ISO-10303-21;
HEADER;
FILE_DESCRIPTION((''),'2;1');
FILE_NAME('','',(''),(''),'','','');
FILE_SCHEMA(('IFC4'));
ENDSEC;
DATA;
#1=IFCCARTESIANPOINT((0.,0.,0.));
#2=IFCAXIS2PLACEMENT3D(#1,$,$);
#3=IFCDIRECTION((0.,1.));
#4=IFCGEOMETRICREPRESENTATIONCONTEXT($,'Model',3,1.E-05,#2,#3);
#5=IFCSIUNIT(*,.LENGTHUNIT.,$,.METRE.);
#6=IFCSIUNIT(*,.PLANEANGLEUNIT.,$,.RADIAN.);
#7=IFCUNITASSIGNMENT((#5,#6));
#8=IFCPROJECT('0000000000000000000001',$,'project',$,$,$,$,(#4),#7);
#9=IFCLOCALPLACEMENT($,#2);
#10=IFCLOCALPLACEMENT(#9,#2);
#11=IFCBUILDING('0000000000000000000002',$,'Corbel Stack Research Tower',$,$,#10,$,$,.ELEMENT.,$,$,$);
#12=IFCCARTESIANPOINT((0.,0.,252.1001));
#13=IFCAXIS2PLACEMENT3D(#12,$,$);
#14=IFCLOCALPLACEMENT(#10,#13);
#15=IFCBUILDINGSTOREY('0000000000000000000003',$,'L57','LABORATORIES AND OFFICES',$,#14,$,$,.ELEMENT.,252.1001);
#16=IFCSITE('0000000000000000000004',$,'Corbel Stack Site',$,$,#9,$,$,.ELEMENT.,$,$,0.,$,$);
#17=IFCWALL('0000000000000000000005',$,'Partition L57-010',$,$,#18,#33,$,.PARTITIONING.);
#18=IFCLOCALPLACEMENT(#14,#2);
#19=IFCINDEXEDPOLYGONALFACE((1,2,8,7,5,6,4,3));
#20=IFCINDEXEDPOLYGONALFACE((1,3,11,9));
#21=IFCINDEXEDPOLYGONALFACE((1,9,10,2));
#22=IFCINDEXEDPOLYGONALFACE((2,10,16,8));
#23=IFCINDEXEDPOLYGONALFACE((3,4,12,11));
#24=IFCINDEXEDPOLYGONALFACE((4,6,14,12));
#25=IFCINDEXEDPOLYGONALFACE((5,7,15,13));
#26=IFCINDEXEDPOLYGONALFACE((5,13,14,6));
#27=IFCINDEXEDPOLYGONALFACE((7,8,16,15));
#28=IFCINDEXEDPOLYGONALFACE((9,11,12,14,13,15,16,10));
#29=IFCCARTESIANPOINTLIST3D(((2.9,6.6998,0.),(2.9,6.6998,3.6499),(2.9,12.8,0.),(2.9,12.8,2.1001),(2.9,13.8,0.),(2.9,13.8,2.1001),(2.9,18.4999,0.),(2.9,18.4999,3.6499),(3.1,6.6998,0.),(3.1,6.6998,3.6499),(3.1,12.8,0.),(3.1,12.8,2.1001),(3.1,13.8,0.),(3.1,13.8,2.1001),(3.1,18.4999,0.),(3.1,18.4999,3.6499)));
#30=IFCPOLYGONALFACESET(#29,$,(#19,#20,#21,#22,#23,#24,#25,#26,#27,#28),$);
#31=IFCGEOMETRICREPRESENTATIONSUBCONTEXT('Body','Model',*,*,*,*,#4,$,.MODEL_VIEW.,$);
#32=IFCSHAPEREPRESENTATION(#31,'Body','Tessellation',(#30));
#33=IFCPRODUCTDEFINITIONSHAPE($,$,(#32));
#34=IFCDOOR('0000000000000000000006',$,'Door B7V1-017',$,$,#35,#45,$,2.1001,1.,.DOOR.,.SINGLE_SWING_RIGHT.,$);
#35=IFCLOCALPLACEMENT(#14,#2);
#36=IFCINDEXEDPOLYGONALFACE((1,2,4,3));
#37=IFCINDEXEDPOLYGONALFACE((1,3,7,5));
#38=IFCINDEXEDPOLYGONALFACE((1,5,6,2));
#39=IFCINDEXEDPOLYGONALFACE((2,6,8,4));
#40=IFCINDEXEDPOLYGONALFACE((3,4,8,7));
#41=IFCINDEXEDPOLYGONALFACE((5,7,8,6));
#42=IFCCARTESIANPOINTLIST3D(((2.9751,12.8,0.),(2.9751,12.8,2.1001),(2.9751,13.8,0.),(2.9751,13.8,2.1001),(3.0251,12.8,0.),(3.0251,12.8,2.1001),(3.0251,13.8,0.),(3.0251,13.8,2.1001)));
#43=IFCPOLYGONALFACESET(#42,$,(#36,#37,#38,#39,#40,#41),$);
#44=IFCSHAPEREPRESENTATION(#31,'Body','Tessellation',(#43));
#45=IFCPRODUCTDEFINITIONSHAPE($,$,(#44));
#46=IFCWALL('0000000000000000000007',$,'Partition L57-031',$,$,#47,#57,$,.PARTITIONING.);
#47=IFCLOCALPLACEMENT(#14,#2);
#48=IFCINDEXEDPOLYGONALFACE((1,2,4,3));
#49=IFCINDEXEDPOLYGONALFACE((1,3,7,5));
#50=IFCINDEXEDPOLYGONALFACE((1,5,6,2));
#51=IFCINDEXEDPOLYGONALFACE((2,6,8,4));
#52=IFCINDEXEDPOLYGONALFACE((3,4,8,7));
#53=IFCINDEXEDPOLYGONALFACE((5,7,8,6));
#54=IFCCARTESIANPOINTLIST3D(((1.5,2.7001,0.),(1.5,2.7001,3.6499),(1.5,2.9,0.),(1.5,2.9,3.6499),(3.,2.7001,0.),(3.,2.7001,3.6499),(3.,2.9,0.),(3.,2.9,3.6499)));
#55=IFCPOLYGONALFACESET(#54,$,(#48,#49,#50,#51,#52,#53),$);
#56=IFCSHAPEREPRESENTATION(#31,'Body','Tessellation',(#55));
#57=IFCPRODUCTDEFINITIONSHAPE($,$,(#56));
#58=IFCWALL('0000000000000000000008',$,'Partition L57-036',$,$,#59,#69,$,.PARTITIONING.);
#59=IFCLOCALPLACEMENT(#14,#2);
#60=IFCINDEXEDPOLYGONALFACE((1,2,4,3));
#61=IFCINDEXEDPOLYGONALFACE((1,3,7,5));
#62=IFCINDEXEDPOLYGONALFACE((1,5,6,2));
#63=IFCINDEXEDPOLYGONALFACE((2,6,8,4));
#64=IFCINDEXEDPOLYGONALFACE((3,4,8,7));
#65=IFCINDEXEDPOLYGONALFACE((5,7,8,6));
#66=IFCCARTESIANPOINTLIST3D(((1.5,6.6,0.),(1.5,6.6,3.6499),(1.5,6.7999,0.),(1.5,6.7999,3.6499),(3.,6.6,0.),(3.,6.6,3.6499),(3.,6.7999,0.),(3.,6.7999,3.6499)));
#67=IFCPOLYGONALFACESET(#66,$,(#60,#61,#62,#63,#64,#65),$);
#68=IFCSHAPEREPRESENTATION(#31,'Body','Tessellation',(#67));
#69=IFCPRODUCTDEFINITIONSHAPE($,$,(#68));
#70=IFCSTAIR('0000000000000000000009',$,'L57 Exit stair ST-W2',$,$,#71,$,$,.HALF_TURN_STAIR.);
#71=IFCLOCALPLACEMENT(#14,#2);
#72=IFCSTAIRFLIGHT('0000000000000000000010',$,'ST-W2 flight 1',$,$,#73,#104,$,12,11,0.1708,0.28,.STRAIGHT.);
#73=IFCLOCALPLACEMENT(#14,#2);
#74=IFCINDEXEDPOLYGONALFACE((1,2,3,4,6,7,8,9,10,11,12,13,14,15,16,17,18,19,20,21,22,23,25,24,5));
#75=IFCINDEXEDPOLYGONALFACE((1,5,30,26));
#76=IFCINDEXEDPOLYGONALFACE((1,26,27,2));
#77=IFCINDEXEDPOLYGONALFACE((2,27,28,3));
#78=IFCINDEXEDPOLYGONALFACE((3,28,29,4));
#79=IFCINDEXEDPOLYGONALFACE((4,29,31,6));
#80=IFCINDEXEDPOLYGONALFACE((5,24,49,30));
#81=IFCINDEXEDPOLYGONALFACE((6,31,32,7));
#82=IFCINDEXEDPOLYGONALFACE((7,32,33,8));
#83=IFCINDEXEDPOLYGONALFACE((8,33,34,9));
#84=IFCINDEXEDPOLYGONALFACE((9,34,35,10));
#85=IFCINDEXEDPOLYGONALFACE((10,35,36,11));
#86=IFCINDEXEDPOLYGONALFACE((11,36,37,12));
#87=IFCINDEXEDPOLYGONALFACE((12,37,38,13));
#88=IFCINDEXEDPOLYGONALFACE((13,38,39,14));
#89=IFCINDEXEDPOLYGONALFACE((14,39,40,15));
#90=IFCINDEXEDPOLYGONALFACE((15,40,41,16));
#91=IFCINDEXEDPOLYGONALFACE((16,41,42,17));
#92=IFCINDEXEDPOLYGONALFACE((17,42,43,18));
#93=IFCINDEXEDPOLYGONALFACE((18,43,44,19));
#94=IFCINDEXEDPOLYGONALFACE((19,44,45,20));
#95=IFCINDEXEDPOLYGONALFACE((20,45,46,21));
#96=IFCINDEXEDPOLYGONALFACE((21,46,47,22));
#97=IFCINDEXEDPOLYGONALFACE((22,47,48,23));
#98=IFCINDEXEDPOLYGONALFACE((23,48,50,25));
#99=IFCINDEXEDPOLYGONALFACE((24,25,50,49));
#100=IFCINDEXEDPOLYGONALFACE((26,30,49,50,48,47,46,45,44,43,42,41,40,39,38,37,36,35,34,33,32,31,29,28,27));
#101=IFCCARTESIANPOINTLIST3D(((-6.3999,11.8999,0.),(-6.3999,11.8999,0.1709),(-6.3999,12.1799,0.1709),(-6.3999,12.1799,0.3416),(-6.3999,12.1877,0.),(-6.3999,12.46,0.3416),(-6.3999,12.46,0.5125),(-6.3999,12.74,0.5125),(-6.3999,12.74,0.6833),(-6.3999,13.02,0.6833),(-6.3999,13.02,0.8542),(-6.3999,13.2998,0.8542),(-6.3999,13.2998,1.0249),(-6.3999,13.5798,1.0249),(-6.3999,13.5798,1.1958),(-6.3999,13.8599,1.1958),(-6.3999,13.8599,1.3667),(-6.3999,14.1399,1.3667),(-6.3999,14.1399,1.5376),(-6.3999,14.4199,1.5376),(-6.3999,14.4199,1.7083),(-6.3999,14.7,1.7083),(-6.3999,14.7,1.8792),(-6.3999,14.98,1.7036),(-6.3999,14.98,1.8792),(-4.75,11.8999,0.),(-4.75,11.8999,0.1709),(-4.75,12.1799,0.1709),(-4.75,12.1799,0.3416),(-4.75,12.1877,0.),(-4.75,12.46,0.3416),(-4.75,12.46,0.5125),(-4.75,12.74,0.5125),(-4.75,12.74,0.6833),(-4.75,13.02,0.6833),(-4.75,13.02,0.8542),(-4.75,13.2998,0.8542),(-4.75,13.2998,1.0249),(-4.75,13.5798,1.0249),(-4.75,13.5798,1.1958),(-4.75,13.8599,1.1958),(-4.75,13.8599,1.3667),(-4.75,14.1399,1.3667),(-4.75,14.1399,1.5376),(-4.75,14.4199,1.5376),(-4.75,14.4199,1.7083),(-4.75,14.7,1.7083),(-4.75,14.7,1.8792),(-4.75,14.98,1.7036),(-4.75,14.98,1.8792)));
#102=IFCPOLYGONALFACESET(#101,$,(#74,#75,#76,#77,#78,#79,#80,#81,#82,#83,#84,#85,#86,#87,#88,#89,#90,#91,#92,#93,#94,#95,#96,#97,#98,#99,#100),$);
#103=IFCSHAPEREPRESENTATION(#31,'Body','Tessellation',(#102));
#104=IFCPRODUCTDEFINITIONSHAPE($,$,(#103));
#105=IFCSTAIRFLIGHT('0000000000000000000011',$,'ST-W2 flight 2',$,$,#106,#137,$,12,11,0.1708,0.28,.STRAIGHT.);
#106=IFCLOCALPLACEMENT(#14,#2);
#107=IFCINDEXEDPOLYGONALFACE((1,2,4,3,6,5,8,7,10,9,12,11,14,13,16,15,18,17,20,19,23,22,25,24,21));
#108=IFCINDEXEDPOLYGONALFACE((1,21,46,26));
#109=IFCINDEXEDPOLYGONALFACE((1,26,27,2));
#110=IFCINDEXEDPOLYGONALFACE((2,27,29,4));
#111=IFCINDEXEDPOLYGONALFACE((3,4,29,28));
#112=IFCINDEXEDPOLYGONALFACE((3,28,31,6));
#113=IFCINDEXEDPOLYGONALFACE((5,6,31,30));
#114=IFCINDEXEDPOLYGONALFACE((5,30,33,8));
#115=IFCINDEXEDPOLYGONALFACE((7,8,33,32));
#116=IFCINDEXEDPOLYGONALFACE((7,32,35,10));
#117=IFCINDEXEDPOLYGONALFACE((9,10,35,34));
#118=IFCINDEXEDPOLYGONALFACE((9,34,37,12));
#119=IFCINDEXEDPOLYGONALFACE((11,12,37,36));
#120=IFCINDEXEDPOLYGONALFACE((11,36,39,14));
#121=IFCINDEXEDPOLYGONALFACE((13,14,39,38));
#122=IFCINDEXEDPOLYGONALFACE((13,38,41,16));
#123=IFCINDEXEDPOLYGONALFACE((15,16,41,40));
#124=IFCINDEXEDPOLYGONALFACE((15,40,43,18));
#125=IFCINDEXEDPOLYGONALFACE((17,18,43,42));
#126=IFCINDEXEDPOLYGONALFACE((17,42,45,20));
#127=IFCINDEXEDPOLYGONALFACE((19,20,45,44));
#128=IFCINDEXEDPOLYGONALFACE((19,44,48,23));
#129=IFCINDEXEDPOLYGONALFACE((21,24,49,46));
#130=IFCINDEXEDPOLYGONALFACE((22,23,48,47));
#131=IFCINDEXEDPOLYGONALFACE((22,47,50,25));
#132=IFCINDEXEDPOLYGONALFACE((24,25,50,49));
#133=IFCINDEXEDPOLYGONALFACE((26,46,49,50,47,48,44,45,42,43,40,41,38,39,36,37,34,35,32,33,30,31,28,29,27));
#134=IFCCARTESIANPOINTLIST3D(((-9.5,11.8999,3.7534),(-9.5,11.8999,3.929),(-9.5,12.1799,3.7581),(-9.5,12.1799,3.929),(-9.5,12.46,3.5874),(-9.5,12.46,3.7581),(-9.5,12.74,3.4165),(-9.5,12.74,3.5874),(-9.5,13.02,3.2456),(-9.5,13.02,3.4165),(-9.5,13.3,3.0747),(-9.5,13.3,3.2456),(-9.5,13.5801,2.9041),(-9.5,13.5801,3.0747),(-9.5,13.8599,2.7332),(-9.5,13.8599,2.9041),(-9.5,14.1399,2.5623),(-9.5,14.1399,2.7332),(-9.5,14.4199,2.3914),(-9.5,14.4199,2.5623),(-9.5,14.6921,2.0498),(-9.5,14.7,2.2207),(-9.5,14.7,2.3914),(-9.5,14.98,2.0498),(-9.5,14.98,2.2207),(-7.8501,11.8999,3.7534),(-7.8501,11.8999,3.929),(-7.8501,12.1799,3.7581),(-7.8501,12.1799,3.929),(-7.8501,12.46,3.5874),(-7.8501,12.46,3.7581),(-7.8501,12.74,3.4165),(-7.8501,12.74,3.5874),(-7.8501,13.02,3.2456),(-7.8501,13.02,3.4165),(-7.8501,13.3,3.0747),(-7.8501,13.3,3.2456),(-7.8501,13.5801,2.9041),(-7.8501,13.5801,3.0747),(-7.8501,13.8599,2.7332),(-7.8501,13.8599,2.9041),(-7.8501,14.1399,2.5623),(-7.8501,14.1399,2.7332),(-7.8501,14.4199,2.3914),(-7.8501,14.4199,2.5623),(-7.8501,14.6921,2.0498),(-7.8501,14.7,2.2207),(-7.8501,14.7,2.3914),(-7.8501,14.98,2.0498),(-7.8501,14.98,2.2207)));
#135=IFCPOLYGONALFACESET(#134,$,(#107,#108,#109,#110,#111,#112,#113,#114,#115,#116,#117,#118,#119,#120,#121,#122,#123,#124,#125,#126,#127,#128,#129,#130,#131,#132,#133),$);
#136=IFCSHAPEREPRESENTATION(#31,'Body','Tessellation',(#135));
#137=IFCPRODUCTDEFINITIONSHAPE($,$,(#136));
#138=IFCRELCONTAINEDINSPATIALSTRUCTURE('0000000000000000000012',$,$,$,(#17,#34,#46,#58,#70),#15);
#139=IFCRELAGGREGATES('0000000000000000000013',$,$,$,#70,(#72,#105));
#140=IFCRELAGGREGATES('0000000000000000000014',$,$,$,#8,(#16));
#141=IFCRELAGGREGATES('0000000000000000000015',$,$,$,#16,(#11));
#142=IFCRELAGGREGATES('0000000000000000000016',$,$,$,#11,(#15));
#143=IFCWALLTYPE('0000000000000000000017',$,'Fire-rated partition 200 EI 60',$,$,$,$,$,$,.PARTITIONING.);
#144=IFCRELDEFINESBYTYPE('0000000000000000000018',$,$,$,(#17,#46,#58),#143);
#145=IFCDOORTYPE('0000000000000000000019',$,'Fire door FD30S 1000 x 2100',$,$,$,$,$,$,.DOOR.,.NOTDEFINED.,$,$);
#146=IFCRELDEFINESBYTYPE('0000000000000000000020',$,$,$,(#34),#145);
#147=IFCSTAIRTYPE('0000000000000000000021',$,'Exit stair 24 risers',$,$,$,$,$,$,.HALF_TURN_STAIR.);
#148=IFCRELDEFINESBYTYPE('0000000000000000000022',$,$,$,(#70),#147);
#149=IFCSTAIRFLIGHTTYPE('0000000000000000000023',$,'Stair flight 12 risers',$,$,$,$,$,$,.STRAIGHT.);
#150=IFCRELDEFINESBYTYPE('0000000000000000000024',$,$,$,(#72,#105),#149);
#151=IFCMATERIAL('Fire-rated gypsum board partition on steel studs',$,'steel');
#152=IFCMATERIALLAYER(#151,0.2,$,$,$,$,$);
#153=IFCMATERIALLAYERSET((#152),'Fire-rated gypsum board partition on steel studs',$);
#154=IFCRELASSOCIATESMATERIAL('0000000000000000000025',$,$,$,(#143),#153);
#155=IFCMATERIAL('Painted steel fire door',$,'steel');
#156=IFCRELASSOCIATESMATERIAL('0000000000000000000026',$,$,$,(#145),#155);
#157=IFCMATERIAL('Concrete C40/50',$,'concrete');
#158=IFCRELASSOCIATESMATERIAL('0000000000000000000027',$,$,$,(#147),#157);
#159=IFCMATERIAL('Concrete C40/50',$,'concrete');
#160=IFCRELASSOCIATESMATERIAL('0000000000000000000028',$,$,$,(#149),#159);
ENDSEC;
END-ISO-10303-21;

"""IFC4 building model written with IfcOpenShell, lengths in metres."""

from ifc_helpers import new_model, si_unit, direction, frame, frame_2d, origin, place, context, subcontext, project, spatial, polyline, rectangle, outline, extrude, material, layer, layer_set, type_object, element, fill, aggregate, save


model = new_model("IFC4")

# Units and contexts
model_context = context("Model", 3, precision=1e-05, world=origin(), true_north=direction((0.0, 1.0)))
body_context = subcontext(model_context, "Body", "Model", "MODEL_VIEW")
ifc_project = project(units=[si_unit("LENGTHUNIT", "METRE"), si_unit("PLANEANGLEUNIT", "RADIAN")], contexts=[model_context])

# Site, building, storey
site_placement = place(None, origin())
site = spatial("IfcSite", under=ifc_project, at=site_placement, Name="Corbel Stack Site", CompositionType="ELEMENT", RefElevation=0.0)
building_placement = place(site_placement, origin())
building = spatial("IfcBuilding", under=site, at=building_placement, Name="Corbel Stack Research Tower", CompositionType="ELEMENT")
storey_placement = place(building_placement, frame((0.0, 0.0, 252.1001)))
storey = spatial("IfcBuildingStorey", under=building, at=storey_placement, Name="L57", Description="LABORATORIES AND OFFICES", CompositionType="ELEMENT", Elevation=252.1001)

# Wall, opening, door
ifc_material_1 = material(Name="Fire-rated gypsum board partition on steel studs", Category="steel")
ifc_layer_1 = layer(ifc_material_1, 0.2)
ifc_layer_set_1 = layer_set([ifc_layer_1], Name="Fire-rated gypsum board partition on steel studs")
wall_type_1 = type_object("IfcWallType", Name="Fire-rated partition 200 EI 60", PredefinedType="PARTITIONING", material=ifc_layer_set_1)
wall_1_placement = place(storey_placement, frame((3.0, 6.7, 0.0), z_axis=(0.0, 0.0, 1.0), x_axis=(0.0, 1.0, 0.0)))
wall_1 = element("IfcWall", 1, at=wall_1_placement, inside=storey, type_object=wall_type_1, Name="Partition L57-010", PredefinedType="PARTITIONING", context=body_context, shape_type="SweptSolid", body=[
    extrude(rectangle(XDim=11.8, YDim=0.2, at=frame_2d((5.8999, 0.0))), origin(), (0.0, 0.0, 1.0), 3.6499),
])
opening_1_placement = place(wall_1_placement, frame((6.1001, 0.0, 0.0)))
opening_1 = element("IfcOpeningElement", 2, at=opening_1_placement, cuts=wall_1, PredefinedType="OPENING", context=body_context, shape_type="SweptSolid", body=[
    extrude(rectangle(XDim=1.0, YDim=2.1001, at=frame_2d((0.5, 1.05))), frame((0.0, 0.1099, 0.0), z_axis=(0.0, -1.0, 0.0), x_axis=(1.0, 0.0, 0.0)), (0.0, 0.0, 1.0), 0.22),
])
ifc_material_2 = material(Name="Painted steel fire door", Category="steel")
door_type_1 = type_object("IfcDoorType", Name="Fire door FD30S 1000 x 2100", OperationType="NOTDEFINED", PredefinedType="DOOR", material=ifc_material_2)
door_1_placement = place(opening_1_placement, origin())
door_1 = element("IfcDoor", 3, at=door_1_placement, inside=storey, type_object=door_type_1, Name="Door B7V1-017", OperationType="SINGLE_SWING_RIGHT", OverallHeight=2.1001, OverallWidth=1.0, PredefinedType="DOOR", context=body_context, shape_type="SweptSolid", body=[
    extrude(rectangle(XDim=1.0, YDim=2.1001, at=frame_2d((0.5, 1.05))), frame((0.0, 0.0249, 0.0), z_axis=(0.0, -1.0, 0.0), x_axis=(1.0, 0.0, 0.0)), (0.0, 0.0, 1.0), 0.05),
])
fill(opening_1, door_1)

# Walls
for number, where, z_axis, x_axis, name in (
    (4, (1.5, 2.8, 0.0), (0.0, 0.0, 1.0), (1.0, 0.0, 0.0), "Partition L57-031"),
    (5, (1.5, 6.7, 0.0), (0.0, 0.0, 1.0), (1.0, 0.0, 0.0), "Partition L57-036"),
):
    element("IfcWall", number, at=place(storey_placement, frame(where, z_axis=z_axis, x_axis=x_axis)), inside=storey, type_object=wall_type_1, Name=name, PredefinedType="PARTITIONING", context=body_context, shape_type="SweptSolid", body=[
        extrude(rectangle(XDim=1.5, YDim=0.2, at=frame_2d((0.75, 0.0))), origin(), (0.0, 0.0, 1.0), 3.6499),
    ])

# Stair, stair flights
ifc_material_3 = material(Name="Concrete C40/50", Category="concrete")
stair_type = type_object("IfcStairType", Name="Exit stair 24 risers", PredefinedType="HALF_TURN_STAIR", material=ifc_material_3)
stair_placement = place(storey_placement, origin())
stair = element("IfcStair", 6, at=stair_placement, inside=storey, type_object=stair_type, Name="L57 Exit stair ST-W2", PredefinedType="HALF_TURN_STAIR")
ifc_material_4 = material(Name="Concrete C40/50", Category="concrete")
stair_flight_type = type_object("IfcStairFlightType", Name="Stair flight 12 risers", PredefinedType="STRAIGHT", material=ifc_material_4)
stair_flight_1_placement = place(storey_placement, frame((-5.575, 11.8999, 0.0), z_axis=(0.0, 0.0, 1.0), x_axis=(0.0, 1.0, 0.0)))
stair_flight_1 = element("IfcStairFlight", 7, at=stair_flight_1_placement, type_object=stair_flight_type, Name="ST-W2 flight 1", NumberOfRisers=12, NumberOfTreads=11, PredefinedType="STRAIGHT", RiserHeight=0.1708, TreadLength=0.28, context=body_context, shape_type="SweptSolid", body=[
    extrude(outline(polyline([(0.0, 0.0), (0.0, 0.1709), (0.28, 0.1709), (0.28, 0.3416), (0.5601, 0.3416), (0.5601, 0.5125), (0.8401, 0.5125), (0.8401, 0.6833), (1.1201, 0.6833), (1.1201, 0.8542), (1.3999, 0.8542), (1.3999, 1.0249), (1.6799, 1.0249), (1.6799, 1.1958), (1.96, 1.1958), (1.96, 1.3667), (2.24, 1.3667), (2.24, 1.5376), (2.52, 1.5376), (2.52, 1.7083), (2.8, 1.7083), (2.8, 1.8792), (3.0801, 1.8792), (3.0801, 2.05), (3.0801, 1.7036), (0.2878, 0.0), (0.0, 0.0)])), frame((0.0, 0.825, 0.0), z_axis=(0.0, -1.0, 0.0), x_axis=(1.0, 0.0, 0.0)), (0.0, 0.0, 1.0), 1.6499),
])
stair_flight_2_placement = place(storey_placement, frame((-8.675, 14.98, 2.0498), z_axis=(0.0, 0.0, 1.0), x_axis=(0.0, -1.0, 0.0)))
stair_flight_2 = element("IfcStairFlight", 8, at=stair_flight_2_placement, type_object=stair_flight_type, Name="ST-W2 flight 2", NumberOfRisers=12, NumberOfTreads=11, PredefinedType="STRAIGHT", RiserHeight=0.1708, TreadLength=0.28, context=body_context, shape_type="SweptSolid", body=[
    extrude(outline(polyline([(0.0, 0.0), (0.0, 0.1709), (0.28, 0.1709), (0.28, 0.3416), (0.5601, 0.3416), (0.5601, 0.5125), (0.8401, 0.5125), (0.8401, 0.6833), (1.1201, 0.6833), (1.1201, 0.8542), (1.3999, 0.8542), (1.3999, 1.0249), (1.6799, 1.0249), (1.6799, 1.1958), (1.96, 1.1958), (1.96, 1.3667), (2.24, 1.3667), (2.24, 1.5376), (2.52, 1.5376), (2.52, 1.7083), (2.8, 1.7083), (2.8, 1.8792), (3.0801, 1.8792), (3.0801, 2.05), (3.0801, 1.7036), (0.2878, 0.0), (0.0, 0.0)])), frame((0.0, 0.825, 0.0), z_axis=(0.0, -1.0, 0.0), x_axis=(1.0, 0.0, 0.0)), (0.0, 0.0, 1.0), 1.6499),
])
aggregate(stair, [stair_flight_1, stair_flight_2])

save(model, "model.ifc")
